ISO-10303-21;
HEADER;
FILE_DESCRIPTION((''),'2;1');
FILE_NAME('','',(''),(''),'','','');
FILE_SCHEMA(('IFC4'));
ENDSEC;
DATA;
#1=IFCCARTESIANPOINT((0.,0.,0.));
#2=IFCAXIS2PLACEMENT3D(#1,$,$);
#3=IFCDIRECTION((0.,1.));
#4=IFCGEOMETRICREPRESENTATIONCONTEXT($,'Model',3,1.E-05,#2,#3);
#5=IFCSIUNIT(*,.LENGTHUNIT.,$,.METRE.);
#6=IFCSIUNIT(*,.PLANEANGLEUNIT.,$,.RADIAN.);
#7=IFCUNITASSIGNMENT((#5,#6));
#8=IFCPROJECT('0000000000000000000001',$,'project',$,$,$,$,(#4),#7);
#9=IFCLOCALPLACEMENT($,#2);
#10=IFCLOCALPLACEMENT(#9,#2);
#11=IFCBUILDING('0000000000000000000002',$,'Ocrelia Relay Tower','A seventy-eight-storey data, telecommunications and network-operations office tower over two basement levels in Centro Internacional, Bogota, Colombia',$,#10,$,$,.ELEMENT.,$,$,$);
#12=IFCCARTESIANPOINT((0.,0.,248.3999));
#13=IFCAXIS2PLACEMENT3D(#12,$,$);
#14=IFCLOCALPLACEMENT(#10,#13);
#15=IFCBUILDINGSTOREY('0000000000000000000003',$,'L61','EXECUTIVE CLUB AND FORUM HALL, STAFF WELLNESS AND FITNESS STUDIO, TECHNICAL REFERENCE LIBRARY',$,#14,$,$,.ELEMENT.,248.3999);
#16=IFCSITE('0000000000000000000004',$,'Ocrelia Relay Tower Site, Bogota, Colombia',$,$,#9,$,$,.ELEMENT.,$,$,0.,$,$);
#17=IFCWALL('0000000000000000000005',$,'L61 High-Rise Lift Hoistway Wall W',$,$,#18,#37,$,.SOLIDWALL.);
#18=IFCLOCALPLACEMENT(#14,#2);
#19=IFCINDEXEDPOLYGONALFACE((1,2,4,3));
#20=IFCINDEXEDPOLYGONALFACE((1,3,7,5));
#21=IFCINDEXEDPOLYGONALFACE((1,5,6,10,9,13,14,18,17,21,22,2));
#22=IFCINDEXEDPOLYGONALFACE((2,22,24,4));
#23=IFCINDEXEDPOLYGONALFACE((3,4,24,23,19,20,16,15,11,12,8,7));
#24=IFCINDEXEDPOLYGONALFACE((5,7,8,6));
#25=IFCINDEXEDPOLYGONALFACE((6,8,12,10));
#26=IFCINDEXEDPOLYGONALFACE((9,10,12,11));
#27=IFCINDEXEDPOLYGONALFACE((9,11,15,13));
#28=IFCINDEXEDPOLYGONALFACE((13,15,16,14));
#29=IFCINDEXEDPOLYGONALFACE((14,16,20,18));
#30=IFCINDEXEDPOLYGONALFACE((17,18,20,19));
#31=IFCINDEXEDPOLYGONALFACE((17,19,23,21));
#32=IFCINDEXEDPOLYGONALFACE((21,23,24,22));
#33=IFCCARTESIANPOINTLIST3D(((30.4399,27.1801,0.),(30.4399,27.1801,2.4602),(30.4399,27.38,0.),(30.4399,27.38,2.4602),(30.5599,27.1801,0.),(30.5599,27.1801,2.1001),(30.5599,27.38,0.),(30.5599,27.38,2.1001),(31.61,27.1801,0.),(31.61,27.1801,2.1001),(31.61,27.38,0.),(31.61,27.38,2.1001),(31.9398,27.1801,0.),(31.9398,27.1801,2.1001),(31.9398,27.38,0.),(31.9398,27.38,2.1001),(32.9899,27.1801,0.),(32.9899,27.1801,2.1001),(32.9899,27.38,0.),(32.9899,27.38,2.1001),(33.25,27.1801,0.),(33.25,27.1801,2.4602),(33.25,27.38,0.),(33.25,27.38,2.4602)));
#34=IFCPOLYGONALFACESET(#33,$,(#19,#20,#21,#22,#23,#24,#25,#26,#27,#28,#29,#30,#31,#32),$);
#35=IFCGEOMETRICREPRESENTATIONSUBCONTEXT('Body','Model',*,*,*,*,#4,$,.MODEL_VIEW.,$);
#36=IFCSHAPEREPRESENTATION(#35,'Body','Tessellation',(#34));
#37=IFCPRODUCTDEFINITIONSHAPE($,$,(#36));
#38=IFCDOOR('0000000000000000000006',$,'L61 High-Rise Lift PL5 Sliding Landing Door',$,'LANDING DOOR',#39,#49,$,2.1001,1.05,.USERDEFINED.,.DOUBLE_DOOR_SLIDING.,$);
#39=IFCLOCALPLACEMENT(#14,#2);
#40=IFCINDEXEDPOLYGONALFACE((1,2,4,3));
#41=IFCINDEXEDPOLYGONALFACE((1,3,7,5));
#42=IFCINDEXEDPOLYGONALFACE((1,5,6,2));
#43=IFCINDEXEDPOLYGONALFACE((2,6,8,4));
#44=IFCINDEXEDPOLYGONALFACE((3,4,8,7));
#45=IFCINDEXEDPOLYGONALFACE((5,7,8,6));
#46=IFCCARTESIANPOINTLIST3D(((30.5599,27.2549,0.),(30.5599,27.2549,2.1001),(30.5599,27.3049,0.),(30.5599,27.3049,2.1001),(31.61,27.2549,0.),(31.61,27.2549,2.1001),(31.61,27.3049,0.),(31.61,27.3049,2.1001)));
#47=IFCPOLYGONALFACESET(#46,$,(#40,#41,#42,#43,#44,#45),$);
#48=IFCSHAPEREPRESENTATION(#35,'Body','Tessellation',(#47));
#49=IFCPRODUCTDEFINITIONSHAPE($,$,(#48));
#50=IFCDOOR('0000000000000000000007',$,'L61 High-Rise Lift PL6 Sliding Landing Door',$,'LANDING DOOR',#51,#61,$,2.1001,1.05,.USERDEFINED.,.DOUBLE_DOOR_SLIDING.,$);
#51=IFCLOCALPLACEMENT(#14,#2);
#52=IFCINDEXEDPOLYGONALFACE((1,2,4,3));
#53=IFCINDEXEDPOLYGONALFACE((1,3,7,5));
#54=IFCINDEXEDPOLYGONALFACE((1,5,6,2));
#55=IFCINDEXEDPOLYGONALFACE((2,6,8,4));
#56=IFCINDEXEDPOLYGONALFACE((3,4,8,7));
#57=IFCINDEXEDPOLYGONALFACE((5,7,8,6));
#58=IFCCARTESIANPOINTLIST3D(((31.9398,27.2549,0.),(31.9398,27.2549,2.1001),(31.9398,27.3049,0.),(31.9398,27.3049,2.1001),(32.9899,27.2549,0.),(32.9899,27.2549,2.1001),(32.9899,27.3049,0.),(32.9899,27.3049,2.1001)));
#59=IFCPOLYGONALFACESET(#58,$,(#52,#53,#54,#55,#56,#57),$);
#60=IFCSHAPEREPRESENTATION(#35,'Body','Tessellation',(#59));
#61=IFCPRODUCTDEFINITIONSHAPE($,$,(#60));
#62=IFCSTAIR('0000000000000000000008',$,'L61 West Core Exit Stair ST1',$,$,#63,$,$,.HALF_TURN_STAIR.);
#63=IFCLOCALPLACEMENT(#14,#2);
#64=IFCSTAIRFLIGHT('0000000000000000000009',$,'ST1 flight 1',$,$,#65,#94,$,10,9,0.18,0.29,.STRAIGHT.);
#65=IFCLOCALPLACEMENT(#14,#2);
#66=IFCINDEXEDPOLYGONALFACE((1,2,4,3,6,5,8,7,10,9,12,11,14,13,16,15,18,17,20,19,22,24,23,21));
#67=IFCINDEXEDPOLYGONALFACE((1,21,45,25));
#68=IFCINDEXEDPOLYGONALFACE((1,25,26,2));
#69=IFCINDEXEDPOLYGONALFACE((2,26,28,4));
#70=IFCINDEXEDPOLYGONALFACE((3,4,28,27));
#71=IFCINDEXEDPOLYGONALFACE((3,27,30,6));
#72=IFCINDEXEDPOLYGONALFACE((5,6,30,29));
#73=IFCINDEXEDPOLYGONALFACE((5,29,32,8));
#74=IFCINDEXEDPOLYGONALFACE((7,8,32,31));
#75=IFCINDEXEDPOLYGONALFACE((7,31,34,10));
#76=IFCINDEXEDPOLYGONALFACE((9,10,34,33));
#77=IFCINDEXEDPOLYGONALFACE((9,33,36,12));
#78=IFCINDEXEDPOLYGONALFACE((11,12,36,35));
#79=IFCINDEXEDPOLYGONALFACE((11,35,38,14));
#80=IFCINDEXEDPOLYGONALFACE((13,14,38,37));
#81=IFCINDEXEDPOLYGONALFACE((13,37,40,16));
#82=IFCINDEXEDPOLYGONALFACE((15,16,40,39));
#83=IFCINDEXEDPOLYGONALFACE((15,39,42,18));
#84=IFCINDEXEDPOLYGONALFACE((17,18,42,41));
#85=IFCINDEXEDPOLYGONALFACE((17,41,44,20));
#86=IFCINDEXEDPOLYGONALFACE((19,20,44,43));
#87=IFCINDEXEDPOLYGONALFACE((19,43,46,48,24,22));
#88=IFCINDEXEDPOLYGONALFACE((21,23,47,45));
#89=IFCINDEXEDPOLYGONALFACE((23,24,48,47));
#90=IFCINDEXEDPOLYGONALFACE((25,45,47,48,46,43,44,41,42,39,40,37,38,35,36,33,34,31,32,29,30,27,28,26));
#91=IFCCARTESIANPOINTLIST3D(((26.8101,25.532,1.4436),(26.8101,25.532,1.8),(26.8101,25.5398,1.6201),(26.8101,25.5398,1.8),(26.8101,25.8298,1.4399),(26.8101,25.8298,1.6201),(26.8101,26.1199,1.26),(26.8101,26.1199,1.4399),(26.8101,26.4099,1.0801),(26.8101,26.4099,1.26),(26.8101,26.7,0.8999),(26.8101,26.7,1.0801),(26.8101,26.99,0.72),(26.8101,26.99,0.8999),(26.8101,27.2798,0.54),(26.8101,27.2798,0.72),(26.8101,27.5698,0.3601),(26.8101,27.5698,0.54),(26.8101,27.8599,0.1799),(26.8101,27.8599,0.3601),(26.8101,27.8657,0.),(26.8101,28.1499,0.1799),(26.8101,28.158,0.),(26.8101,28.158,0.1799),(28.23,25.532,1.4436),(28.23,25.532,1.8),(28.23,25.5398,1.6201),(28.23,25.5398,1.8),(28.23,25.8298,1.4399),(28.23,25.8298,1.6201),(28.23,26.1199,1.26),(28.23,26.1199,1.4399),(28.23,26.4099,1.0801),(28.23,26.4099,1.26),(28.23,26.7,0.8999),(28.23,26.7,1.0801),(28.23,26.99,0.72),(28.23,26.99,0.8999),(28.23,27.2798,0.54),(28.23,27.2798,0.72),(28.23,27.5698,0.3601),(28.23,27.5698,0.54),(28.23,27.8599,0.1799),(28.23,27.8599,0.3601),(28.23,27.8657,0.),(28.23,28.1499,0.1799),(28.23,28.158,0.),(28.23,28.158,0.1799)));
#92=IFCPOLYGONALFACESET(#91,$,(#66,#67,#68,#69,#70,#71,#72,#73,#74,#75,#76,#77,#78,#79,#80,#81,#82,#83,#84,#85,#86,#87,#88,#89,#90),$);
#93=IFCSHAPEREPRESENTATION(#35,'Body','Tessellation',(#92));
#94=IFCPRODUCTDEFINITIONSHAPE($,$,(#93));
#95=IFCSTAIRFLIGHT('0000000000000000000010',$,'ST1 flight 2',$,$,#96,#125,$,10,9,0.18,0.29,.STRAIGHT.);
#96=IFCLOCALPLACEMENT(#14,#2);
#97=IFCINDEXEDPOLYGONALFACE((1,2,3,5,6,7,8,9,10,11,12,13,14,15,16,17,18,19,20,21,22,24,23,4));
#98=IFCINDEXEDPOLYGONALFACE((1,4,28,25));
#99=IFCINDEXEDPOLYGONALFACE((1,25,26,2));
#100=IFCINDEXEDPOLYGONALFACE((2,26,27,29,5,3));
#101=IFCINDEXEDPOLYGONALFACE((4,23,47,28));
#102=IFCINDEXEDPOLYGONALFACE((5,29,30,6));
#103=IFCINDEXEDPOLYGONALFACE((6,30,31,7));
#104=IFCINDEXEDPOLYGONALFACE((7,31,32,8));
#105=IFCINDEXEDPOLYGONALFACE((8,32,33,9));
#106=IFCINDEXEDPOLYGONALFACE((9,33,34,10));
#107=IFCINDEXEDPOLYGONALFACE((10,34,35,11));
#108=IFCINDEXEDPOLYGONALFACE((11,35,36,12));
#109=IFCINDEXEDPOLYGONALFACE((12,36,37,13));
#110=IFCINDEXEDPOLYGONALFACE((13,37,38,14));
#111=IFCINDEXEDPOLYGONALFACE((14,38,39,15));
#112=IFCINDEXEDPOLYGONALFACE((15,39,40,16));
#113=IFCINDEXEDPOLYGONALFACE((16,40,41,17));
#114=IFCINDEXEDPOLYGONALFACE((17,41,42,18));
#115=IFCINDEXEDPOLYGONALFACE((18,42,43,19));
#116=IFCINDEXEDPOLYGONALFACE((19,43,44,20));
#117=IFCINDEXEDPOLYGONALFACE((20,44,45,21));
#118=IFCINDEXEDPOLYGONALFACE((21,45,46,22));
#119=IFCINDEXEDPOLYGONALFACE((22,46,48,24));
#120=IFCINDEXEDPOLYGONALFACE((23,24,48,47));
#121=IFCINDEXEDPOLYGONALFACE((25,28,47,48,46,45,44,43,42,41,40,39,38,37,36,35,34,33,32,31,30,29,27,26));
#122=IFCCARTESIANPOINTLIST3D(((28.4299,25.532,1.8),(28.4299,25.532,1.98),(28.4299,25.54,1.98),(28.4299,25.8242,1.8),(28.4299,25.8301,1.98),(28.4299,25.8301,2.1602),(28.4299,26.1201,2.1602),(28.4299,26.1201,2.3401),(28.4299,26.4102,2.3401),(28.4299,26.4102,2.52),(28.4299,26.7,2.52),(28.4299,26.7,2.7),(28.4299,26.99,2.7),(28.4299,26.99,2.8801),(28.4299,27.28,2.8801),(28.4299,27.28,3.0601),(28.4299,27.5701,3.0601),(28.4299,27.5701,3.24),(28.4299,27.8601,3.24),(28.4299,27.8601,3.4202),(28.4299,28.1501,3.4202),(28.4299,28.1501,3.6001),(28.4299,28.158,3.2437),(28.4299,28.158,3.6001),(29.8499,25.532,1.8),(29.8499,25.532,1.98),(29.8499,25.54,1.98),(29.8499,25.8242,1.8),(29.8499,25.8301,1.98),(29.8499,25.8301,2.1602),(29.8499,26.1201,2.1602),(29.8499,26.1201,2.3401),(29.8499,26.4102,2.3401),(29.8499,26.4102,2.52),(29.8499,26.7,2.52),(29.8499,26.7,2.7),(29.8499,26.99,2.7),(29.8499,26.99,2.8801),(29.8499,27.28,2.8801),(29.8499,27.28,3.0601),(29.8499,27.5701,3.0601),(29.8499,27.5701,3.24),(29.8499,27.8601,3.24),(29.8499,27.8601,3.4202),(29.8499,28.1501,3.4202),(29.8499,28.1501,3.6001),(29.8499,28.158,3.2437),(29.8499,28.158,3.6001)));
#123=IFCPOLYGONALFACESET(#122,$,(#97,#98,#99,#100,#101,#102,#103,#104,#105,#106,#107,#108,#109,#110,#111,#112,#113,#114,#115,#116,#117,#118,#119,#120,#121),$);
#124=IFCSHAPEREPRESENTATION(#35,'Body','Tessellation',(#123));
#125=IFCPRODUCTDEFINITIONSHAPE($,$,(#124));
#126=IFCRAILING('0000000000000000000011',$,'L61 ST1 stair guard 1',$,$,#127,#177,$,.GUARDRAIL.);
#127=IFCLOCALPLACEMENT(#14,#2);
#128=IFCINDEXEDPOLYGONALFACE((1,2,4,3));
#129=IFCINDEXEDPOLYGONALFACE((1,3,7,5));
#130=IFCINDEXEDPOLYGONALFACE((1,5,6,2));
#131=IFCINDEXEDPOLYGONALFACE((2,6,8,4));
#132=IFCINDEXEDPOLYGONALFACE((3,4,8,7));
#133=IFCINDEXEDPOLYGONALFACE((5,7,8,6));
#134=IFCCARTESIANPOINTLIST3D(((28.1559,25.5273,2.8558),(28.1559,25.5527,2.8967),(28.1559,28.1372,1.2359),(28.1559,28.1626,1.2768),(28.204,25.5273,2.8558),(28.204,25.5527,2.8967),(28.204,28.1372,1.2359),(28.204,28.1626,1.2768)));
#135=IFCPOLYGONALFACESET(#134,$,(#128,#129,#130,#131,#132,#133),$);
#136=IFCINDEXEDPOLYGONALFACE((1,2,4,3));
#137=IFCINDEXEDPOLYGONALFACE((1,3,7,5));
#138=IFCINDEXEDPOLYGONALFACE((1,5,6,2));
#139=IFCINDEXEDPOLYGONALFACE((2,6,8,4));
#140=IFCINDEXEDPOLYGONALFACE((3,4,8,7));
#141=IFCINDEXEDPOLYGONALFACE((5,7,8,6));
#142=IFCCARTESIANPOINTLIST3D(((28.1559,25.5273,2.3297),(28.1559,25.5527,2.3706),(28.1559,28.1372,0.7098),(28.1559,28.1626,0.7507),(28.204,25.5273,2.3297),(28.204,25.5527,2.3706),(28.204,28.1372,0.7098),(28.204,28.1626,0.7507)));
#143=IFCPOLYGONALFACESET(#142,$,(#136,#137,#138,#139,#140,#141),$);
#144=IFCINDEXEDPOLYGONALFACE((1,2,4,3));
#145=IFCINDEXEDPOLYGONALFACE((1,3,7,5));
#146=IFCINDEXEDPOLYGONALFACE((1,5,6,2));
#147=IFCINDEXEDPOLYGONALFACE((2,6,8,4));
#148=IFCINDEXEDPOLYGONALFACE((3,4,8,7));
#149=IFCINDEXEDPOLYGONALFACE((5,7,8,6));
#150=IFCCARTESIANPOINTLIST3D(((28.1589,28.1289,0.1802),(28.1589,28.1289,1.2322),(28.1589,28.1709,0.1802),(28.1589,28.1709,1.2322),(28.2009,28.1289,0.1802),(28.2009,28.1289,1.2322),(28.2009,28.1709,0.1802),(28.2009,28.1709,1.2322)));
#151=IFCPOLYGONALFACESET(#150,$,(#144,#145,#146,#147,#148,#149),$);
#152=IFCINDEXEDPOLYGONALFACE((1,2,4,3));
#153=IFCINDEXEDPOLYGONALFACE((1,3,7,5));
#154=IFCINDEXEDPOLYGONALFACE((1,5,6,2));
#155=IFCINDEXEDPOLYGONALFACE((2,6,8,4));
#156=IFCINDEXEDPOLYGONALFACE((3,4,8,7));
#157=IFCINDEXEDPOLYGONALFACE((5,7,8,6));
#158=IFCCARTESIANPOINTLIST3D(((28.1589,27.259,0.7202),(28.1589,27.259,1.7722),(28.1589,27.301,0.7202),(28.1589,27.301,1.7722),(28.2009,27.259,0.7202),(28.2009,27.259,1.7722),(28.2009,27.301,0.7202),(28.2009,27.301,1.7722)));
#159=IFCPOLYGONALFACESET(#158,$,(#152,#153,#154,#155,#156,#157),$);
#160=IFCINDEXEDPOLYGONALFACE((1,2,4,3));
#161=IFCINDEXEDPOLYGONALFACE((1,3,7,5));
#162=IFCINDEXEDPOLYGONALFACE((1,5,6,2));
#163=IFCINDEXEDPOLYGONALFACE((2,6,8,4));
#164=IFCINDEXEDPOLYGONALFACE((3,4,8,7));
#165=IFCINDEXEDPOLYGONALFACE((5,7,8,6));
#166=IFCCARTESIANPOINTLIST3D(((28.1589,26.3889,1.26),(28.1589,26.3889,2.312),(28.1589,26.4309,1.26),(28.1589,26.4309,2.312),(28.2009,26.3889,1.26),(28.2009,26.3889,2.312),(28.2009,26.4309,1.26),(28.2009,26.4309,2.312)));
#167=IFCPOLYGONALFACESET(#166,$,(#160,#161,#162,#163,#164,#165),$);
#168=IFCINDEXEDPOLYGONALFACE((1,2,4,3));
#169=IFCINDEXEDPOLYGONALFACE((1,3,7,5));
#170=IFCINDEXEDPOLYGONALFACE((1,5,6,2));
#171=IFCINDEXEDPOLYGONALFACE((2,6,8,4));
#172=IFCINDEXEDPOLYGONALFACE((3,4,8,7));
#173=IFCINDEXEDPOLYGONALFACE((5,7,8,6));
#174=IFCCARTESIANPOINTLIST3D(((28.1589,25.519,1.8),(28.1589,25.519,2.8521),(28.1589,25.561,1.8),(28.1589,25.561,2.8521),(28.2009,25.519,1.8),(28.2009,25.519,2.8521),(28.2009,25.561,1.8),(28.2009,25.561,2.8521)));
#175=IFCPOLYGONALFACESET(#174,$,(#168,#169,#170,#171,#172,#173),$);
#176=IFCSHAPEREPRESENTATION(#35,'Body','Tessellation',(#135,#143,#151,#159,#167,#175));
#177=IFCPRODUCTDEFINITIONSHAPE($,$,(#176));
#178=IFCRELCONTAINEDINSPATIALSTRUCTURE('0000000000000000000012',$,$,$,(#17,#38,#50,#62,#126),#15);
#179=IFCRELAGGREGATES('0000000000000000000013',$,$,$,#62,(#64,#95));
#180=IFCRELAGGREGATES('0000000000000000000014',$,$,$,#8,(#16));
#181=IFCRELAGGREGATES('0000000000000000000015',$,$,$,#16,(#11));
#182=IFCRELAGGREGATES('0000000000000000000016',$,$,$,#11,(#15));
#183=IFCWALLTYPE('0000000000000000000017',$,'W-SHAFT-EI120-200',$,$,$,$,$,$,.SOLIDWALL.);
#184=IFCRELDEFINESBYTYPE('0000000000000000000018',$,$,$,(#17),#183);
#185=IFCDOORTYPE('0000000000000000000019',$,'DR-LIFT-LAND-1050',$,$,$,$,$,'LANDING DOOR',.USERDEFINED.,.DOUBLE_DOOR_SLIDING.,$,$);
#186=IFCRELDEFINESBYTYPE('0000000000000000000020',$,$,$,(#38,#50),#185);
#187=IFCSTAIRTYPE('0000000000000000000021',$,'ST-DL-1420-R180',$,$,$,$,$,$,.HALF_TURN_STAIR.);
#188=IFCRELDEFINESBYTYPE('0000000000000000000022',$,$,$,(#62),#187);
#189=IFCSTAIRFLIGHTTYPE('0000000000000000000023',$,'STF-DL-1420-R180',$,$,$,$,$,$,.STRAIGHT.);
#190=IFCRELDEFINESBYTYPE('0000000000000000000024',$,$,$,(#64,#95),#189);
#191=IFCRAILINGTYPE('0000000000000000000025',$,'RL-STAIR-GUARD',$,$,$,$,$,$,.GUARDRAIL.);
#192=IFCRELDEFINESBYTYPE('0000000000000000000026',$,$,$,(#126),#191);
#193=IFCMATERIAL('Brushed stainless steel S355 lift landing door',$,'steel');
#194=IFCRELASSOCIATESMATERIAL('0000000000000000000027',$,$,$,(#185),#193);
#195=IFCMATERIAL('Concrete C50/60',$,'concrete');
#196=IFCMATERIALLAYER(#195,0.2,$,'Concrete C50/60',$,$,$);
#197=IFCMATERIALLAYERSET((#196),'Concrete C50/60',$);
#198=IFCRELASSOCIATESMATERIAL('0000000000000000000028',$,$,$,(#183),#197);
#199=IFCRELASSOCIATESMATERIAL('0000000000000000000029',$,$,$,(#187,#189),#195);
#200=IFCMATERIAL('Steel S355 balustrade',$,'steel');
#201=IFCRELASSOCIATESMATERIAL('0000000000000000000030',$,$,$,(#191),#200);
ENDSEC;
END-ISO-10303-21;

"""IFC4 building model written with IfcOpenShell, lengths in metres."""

from ifc_helpers import new_model, si_unit, direction, frame, frame_2d, origin, origin_2d, place, context, subcontext, project, spatial, polyline, rectangle, outline, extrude, material, layer, layer_set, type_object, element, fill, aggregate, save


model = new_model("IFC4")

# Units and contexts
model_context = context("Model", 3, precision=1e-05, world=origin(), true_north=direction((0.0, 1.0)))
body_context = subcontext(model_context, "Body", "Model", "MODEL_VIEW")
ifc_project = project(units=[si_unit("LENGTHUNIT", "METRE"), si_unit("PLANEANGLEUNIT", "RADIAN")], contexts=[model_context])

# Site, building, storey
site_placement = place(None, origin())
site = spatial("IfcSite", under=ifc_project, at=site_placement, Name="Ocrelia Relay Tower Site, Bogota, Colombia", CompositionType="ELEMENT", RefElevation=0.0)
building_placement = place(site_placement, origin())
building = spatial("IfcBuilding", under=site, at=building_placement, Name="Ocrelia Relay Tower", Description="A seventy-eight-storey data, telecommunications and network-operations office tower over two basement levels in Centro Internacional, Bogota, Colombia", CompositionType="ELEMENT")
storey_placement = place(building_placement, frame((0.0, 0.0, 248.3999)))
storey = spatial("IfcBuildingStorey", under=building, at=storey_placement, Name="L61", Description="EXECUTIVE CLUB AND FORUM HALL, STAFF WELLNESS AND FITNESS STUDIO, TECHNICAL REFERENCE LIBRARY", CompositionType="ELEMENT", Elevation=248.3999)

# Shared definitions
ifc_material_1 = material(Name="Concrete C50/60", Category="concrete")

# Shared definitions
ifc_material_2 = material(Name="Brushed stainless steel S355 lift landing door", Category="steel")
door_type_1 = type_object("IfcDoorType", Name="DR-LIFT-LAND-1050", ElementType="LANDING DOOR", OperationType="DOUBLE_DOOR_SLIDING", PredefinedType="USERDEFINED", material=ifc_material_2)

# Shared definitions
ifc_layer_1 = layer(ifc_material_1, 0.2, Name="Concrete C50/60")
ifc_layer_set_1 = layer_set([ifc_layer_1], Name="Concrete C50/60")
wall_type_1 = type_object("IfcWallType", Name="W-SHAFT-EI120-200", PredefinedType="SOLIDWALL", material=ifc_layer_set_1)

# Wall, openings, doors
wall_1_placement = place(storey_placement, frame((30.4399, 27.28, 0.0), z_axis=(0.0, 0.0, 1.0), x_axis=(1.0, 0.0, 0.0)))
wall_1 = element("IfcWall", 1, at=wall_1_placement, inside=storey, type_object=wall_type_1, Name="L61 High-Rise Lift Hoistway Wall W", PredefinedType="SOLIDWALL", context=body_context, shape_type="SweptSolid", body=[
    extrude(rectangle(XDim=2.8101, YDim=0.2, at=frame_2d((1.405, 0.0))), origin(), (0.0, 0.0, 1.0), 2.4602),
])
opening_1_placement = place(wall_1_placement, frame((0.1201, 0.0, 0.0)))
opening_1 = element("IfcOpeningElement", 2, at=opening_1_placement, cuts=wall_1, PredefinedType="OPENING", context=body_context, shape_type="SweptSolid", body=[
    extrude(rectangle(XDim=1.05, YDim=2.1001, at=frame_2d((0.5249, 1.05))), frame((0.0, 0.1099, 0.0), z_axis=(0.0, -1.0, 0.0), x_axis=(1.0, 0.0, 0.0)), (0.0, 0.0, 1.0), 0.22),
])
opening_2_placement = place(wall_1_placement, frame((1.5, 0.0, 0.0)))
opening_2 = element("IfcOpeningElement", 3, at=opening_2_placement, cuts=wall_1, PredefinedType="OPENING", context=body_context, shape_type="SweptSolid", body=[
    extrude(rectangle(XDim=1.05, YDim=2.1001, at=frame_2d((0.5249, 1.05))), frame((0.0, 0.1099, 0.0), z_axis=(0.0, -1.0, 0.0), x_axis=(1.0, 0.0, 0.0)), (0.0, 0.0, 1.0), 0.22),
])
door_1_placement = place(opening_1_placement, origin())
door_1 = element("IfcDoor", 4, at=door_1_placement, inside=storey, type_object=door_type_1, Name="L61 High-Rise Lift PL5 Sliding Landing Door", ObjectType="LANDING DOOR", OperationType="DOUBLE_DOOR_SLIDING", OverallHeight=2.1001, OverallWidth=1.05, PredefinedType="USERDEFINED", context=body_context, shape_type="SweptSolid", body=[
    extrude(rectangle(XDim=1.05, YDim=2.1001, at=frame_2d((0.5249, 1.05))), frame((0.0, 0.0249, 0.0), z_axis=(0.0, -1.0, 0.0), x_axis=(1.0, 0.0, 0.0)), (0.0, 0.0, 1.0), 0.05),
])
fill(opening_1, door_1)
door_2_placement = place(opening_2_placement, origin())
door_2 = element("IfcDoor", 5, at=door_2_placement, inside=storey, type_object=door_type_1, Name="L61 High-Rise Lift PL6 Sliding Landing Door", ObjectType="LANDING DOOR", OperationType="DOUBLE_DOOR_SLIDING", OverallHeight=2.1001, OverallWidth=1.05, PredefinedType="USERDEFINED", context=body_context, shape_type="SweptSolid", body=[
    extrude(rectangle(XDim=1.05, YDim=2.1001, at=frame_2d((0.5249, 1.05))), frame((0.0, 0.0249, 0.0), z_axis=(0.0, -1.0, 0.0), x_axis=(1.0, 0.0, 0.0)), (0.0, 0.0, 1.0), 0.05),
])
fill(opening_2, door_2)

# Stair, stair flights
stair_type = type_object("IfcStairType", Name="ST-DL-1420-R180", PredefinedType="HALF_TURN_STAIR", material=ifc_material_1)
stair_placement = place(storey_placement, origin())
stair = element("IfcStair", 6, at=stair_placement, inside=storey, type_object=stair_type, Name="L61 West Core Exit Stair ST1", PredefinedType="HALF_TURN_STAIR")
stair_flight_type = type_object("IfcStairFlightType", Name="STF-DL-1420-R180", PredefinedType="STRAIGHT", material=ifc_material_1)
stair_flight_1_placement = place(storey_placement, frame((27.52, 28.1499, 0.0), z_axis=(0.0, 0.0, 1.0), x_axis=(0.0, -1.0, 0.0)))
stair_flight_1 = element("IfcStairFlight", 7, at=stair_flight_1_placement, type_object=stair_flight_type, Name="ST1 flight 1", NumberOfRisers=10, NumberOfTreads=9, PredefinedType="STRAIGHT", RiserHeight=0.18, TreadLength=0.29, context=body_context, shape_type="SweptSolid", body=[
    extrude(outline(polyline([(-0.0081, 0.0), (-0.0081, 0.1799), (0.0, 0.1799), (0.29, 0.1799), (0.29, 0.3601), (0.5801, 0.3601), (0.5801, 0.54), (0.8701, 0.54), (0.8701, 0.72), (1.1599, 0.72), (1.1599, 0.8999), (1.45, 0.8999), (1.45, 1.0801), (1.74, 1.0801), (1.74, 1.26), (2.03, 1.26), (2.03, 1.4399), (2.3201, 1.4399), (2.3201, 1.6201), (2.6101, 1.6201), (2.6101, 1.8), (2.6179, 1.8), (2.6179, 1.4436), (0.2842, 0.0), (-0.0081, 0.0)])), frame((0.0, 0.71, 0.0), z_axis=(0.0, -1.0, 0.0), x_axis=(1.0, 0.0, 0.0)), (0.0, 0.0, 1.0), 1.4199),
])
stair_flight_2_placement = place(storey_placement, frame((29.1399, 25.54, 1.8), z_axis=(0.0, 0.0, 1.0), x_axis=(0.0, 1.0, 0.0)))
stair_flight_2 = element("IfcStairFlight", 8, at=stair_flight_2_placement, type_object=stair_flight_type, Name="ST1 flight 2", NumberOfRisers=10, NumberOfTreads=9, PredefinedType="STRAIGHT", RiserHeight=0.18, TreadLength=0.29, context=body_context, shape_type="SweptSolid", body=[
    extrude(outline(polyline([(-0.0081, 0.0), (-0.0081, 0.1799), (0.0, 0.1799), (0.29, 0.1799), (0.29, 0.3601), (0.5801, 0.3601), (0.5801, 0.54), (0.8701, 0.54), (0.8701, 0.72), (1.1599, 0.72), (1.1599, 0.8999), (1.45, 0.8999), (1.45, 1.0801), (1.74, 1.0801), (1.74, 1.26), (2.03, 1.26), (2.03, 1.4399), (2.3201, 1.4399), (2.3201, 1.6201), (2.6101, 1.6201), (2.6101, 1.8), (2.6179, 1.8), (2.6179, 1.4436), (0.2842, 0.0), (-0.0081, 0.0)])), frame((0.0, 0.71, 0.0), z_axis=(0.0, -1.0, 0.0), x_axis=(1.0, 0.0, 0.0)), (0.0, 0.0, 1.0), 1.4199),
])
aggregate(stair, [stair_flight_1, stair_flight_2])

# Railing
ifc_material_3 = material(Name="Steel S355 balustrade", Category="steel")
railing_type_1 = type_object("IfcRailingType", Name="RL-STAIR-GUARD", PredefinedType="GUARDRAIL", material=ifc_material_3)
railing_1_placement = place(storey_placement, frame((28.1799, 28.1499, 0.1802)))
element("IfcRailing", 9, at=railing_1_placement, inside=storey, type_object=railing_type_1, Name="L61 ST1 stair guard 1", PredefinedType="GUARDRAIL", context=body_context, shape_type="SweptSolid", body=[
    extrude(rectangle(XDim=0.0481, YDim=0.0481, at=origin_2d()), frame((0.0, 0.0, 1.0762), z_axis=(0.0, -0.849646, 0.527353), x_axis=(1.0, 0.0, 0.0)), (0.0, 0.0, 1.0), 3.0718),
    extrude(rectangle(XDim=0.0481, YDim=0.0481, at=origin_2d()), frame((0.0, 0.0, 0.55), z_axis=(0.0, -0.849646, 0.527353), x_axis=(1.0, 0.0, 0.0)), (0.0, 0.0, 1.0), 3.0718),
    extrude(rectangle(XDim=0.042, YDim=0.042, at=origin_2d()), origin(), (0.0, 0.0, 1.0), 1.052),
    extrude(rectangle(XDim=0.042, YDim=0.042, at=origin_2d()), frame((0.0, -0.8699, 0.54)), (0.0, 0.0, 1.0), 1.052),
    extrude(rectangle(XDim=0.042, YDim=0.042, at=origin_2d()), frame((0.0, -1.74, 1.0798)), (0.0, 0.0, 1.0), 1.052),
    extrude(rectangle(XDim=0.042, YDim=0.042, at=origin_2d()), frame((0.0, -2.6099, 1.6199)), (0.0, 0.0, 1.0), 1.052),
])

save(model, "model.ifc")
